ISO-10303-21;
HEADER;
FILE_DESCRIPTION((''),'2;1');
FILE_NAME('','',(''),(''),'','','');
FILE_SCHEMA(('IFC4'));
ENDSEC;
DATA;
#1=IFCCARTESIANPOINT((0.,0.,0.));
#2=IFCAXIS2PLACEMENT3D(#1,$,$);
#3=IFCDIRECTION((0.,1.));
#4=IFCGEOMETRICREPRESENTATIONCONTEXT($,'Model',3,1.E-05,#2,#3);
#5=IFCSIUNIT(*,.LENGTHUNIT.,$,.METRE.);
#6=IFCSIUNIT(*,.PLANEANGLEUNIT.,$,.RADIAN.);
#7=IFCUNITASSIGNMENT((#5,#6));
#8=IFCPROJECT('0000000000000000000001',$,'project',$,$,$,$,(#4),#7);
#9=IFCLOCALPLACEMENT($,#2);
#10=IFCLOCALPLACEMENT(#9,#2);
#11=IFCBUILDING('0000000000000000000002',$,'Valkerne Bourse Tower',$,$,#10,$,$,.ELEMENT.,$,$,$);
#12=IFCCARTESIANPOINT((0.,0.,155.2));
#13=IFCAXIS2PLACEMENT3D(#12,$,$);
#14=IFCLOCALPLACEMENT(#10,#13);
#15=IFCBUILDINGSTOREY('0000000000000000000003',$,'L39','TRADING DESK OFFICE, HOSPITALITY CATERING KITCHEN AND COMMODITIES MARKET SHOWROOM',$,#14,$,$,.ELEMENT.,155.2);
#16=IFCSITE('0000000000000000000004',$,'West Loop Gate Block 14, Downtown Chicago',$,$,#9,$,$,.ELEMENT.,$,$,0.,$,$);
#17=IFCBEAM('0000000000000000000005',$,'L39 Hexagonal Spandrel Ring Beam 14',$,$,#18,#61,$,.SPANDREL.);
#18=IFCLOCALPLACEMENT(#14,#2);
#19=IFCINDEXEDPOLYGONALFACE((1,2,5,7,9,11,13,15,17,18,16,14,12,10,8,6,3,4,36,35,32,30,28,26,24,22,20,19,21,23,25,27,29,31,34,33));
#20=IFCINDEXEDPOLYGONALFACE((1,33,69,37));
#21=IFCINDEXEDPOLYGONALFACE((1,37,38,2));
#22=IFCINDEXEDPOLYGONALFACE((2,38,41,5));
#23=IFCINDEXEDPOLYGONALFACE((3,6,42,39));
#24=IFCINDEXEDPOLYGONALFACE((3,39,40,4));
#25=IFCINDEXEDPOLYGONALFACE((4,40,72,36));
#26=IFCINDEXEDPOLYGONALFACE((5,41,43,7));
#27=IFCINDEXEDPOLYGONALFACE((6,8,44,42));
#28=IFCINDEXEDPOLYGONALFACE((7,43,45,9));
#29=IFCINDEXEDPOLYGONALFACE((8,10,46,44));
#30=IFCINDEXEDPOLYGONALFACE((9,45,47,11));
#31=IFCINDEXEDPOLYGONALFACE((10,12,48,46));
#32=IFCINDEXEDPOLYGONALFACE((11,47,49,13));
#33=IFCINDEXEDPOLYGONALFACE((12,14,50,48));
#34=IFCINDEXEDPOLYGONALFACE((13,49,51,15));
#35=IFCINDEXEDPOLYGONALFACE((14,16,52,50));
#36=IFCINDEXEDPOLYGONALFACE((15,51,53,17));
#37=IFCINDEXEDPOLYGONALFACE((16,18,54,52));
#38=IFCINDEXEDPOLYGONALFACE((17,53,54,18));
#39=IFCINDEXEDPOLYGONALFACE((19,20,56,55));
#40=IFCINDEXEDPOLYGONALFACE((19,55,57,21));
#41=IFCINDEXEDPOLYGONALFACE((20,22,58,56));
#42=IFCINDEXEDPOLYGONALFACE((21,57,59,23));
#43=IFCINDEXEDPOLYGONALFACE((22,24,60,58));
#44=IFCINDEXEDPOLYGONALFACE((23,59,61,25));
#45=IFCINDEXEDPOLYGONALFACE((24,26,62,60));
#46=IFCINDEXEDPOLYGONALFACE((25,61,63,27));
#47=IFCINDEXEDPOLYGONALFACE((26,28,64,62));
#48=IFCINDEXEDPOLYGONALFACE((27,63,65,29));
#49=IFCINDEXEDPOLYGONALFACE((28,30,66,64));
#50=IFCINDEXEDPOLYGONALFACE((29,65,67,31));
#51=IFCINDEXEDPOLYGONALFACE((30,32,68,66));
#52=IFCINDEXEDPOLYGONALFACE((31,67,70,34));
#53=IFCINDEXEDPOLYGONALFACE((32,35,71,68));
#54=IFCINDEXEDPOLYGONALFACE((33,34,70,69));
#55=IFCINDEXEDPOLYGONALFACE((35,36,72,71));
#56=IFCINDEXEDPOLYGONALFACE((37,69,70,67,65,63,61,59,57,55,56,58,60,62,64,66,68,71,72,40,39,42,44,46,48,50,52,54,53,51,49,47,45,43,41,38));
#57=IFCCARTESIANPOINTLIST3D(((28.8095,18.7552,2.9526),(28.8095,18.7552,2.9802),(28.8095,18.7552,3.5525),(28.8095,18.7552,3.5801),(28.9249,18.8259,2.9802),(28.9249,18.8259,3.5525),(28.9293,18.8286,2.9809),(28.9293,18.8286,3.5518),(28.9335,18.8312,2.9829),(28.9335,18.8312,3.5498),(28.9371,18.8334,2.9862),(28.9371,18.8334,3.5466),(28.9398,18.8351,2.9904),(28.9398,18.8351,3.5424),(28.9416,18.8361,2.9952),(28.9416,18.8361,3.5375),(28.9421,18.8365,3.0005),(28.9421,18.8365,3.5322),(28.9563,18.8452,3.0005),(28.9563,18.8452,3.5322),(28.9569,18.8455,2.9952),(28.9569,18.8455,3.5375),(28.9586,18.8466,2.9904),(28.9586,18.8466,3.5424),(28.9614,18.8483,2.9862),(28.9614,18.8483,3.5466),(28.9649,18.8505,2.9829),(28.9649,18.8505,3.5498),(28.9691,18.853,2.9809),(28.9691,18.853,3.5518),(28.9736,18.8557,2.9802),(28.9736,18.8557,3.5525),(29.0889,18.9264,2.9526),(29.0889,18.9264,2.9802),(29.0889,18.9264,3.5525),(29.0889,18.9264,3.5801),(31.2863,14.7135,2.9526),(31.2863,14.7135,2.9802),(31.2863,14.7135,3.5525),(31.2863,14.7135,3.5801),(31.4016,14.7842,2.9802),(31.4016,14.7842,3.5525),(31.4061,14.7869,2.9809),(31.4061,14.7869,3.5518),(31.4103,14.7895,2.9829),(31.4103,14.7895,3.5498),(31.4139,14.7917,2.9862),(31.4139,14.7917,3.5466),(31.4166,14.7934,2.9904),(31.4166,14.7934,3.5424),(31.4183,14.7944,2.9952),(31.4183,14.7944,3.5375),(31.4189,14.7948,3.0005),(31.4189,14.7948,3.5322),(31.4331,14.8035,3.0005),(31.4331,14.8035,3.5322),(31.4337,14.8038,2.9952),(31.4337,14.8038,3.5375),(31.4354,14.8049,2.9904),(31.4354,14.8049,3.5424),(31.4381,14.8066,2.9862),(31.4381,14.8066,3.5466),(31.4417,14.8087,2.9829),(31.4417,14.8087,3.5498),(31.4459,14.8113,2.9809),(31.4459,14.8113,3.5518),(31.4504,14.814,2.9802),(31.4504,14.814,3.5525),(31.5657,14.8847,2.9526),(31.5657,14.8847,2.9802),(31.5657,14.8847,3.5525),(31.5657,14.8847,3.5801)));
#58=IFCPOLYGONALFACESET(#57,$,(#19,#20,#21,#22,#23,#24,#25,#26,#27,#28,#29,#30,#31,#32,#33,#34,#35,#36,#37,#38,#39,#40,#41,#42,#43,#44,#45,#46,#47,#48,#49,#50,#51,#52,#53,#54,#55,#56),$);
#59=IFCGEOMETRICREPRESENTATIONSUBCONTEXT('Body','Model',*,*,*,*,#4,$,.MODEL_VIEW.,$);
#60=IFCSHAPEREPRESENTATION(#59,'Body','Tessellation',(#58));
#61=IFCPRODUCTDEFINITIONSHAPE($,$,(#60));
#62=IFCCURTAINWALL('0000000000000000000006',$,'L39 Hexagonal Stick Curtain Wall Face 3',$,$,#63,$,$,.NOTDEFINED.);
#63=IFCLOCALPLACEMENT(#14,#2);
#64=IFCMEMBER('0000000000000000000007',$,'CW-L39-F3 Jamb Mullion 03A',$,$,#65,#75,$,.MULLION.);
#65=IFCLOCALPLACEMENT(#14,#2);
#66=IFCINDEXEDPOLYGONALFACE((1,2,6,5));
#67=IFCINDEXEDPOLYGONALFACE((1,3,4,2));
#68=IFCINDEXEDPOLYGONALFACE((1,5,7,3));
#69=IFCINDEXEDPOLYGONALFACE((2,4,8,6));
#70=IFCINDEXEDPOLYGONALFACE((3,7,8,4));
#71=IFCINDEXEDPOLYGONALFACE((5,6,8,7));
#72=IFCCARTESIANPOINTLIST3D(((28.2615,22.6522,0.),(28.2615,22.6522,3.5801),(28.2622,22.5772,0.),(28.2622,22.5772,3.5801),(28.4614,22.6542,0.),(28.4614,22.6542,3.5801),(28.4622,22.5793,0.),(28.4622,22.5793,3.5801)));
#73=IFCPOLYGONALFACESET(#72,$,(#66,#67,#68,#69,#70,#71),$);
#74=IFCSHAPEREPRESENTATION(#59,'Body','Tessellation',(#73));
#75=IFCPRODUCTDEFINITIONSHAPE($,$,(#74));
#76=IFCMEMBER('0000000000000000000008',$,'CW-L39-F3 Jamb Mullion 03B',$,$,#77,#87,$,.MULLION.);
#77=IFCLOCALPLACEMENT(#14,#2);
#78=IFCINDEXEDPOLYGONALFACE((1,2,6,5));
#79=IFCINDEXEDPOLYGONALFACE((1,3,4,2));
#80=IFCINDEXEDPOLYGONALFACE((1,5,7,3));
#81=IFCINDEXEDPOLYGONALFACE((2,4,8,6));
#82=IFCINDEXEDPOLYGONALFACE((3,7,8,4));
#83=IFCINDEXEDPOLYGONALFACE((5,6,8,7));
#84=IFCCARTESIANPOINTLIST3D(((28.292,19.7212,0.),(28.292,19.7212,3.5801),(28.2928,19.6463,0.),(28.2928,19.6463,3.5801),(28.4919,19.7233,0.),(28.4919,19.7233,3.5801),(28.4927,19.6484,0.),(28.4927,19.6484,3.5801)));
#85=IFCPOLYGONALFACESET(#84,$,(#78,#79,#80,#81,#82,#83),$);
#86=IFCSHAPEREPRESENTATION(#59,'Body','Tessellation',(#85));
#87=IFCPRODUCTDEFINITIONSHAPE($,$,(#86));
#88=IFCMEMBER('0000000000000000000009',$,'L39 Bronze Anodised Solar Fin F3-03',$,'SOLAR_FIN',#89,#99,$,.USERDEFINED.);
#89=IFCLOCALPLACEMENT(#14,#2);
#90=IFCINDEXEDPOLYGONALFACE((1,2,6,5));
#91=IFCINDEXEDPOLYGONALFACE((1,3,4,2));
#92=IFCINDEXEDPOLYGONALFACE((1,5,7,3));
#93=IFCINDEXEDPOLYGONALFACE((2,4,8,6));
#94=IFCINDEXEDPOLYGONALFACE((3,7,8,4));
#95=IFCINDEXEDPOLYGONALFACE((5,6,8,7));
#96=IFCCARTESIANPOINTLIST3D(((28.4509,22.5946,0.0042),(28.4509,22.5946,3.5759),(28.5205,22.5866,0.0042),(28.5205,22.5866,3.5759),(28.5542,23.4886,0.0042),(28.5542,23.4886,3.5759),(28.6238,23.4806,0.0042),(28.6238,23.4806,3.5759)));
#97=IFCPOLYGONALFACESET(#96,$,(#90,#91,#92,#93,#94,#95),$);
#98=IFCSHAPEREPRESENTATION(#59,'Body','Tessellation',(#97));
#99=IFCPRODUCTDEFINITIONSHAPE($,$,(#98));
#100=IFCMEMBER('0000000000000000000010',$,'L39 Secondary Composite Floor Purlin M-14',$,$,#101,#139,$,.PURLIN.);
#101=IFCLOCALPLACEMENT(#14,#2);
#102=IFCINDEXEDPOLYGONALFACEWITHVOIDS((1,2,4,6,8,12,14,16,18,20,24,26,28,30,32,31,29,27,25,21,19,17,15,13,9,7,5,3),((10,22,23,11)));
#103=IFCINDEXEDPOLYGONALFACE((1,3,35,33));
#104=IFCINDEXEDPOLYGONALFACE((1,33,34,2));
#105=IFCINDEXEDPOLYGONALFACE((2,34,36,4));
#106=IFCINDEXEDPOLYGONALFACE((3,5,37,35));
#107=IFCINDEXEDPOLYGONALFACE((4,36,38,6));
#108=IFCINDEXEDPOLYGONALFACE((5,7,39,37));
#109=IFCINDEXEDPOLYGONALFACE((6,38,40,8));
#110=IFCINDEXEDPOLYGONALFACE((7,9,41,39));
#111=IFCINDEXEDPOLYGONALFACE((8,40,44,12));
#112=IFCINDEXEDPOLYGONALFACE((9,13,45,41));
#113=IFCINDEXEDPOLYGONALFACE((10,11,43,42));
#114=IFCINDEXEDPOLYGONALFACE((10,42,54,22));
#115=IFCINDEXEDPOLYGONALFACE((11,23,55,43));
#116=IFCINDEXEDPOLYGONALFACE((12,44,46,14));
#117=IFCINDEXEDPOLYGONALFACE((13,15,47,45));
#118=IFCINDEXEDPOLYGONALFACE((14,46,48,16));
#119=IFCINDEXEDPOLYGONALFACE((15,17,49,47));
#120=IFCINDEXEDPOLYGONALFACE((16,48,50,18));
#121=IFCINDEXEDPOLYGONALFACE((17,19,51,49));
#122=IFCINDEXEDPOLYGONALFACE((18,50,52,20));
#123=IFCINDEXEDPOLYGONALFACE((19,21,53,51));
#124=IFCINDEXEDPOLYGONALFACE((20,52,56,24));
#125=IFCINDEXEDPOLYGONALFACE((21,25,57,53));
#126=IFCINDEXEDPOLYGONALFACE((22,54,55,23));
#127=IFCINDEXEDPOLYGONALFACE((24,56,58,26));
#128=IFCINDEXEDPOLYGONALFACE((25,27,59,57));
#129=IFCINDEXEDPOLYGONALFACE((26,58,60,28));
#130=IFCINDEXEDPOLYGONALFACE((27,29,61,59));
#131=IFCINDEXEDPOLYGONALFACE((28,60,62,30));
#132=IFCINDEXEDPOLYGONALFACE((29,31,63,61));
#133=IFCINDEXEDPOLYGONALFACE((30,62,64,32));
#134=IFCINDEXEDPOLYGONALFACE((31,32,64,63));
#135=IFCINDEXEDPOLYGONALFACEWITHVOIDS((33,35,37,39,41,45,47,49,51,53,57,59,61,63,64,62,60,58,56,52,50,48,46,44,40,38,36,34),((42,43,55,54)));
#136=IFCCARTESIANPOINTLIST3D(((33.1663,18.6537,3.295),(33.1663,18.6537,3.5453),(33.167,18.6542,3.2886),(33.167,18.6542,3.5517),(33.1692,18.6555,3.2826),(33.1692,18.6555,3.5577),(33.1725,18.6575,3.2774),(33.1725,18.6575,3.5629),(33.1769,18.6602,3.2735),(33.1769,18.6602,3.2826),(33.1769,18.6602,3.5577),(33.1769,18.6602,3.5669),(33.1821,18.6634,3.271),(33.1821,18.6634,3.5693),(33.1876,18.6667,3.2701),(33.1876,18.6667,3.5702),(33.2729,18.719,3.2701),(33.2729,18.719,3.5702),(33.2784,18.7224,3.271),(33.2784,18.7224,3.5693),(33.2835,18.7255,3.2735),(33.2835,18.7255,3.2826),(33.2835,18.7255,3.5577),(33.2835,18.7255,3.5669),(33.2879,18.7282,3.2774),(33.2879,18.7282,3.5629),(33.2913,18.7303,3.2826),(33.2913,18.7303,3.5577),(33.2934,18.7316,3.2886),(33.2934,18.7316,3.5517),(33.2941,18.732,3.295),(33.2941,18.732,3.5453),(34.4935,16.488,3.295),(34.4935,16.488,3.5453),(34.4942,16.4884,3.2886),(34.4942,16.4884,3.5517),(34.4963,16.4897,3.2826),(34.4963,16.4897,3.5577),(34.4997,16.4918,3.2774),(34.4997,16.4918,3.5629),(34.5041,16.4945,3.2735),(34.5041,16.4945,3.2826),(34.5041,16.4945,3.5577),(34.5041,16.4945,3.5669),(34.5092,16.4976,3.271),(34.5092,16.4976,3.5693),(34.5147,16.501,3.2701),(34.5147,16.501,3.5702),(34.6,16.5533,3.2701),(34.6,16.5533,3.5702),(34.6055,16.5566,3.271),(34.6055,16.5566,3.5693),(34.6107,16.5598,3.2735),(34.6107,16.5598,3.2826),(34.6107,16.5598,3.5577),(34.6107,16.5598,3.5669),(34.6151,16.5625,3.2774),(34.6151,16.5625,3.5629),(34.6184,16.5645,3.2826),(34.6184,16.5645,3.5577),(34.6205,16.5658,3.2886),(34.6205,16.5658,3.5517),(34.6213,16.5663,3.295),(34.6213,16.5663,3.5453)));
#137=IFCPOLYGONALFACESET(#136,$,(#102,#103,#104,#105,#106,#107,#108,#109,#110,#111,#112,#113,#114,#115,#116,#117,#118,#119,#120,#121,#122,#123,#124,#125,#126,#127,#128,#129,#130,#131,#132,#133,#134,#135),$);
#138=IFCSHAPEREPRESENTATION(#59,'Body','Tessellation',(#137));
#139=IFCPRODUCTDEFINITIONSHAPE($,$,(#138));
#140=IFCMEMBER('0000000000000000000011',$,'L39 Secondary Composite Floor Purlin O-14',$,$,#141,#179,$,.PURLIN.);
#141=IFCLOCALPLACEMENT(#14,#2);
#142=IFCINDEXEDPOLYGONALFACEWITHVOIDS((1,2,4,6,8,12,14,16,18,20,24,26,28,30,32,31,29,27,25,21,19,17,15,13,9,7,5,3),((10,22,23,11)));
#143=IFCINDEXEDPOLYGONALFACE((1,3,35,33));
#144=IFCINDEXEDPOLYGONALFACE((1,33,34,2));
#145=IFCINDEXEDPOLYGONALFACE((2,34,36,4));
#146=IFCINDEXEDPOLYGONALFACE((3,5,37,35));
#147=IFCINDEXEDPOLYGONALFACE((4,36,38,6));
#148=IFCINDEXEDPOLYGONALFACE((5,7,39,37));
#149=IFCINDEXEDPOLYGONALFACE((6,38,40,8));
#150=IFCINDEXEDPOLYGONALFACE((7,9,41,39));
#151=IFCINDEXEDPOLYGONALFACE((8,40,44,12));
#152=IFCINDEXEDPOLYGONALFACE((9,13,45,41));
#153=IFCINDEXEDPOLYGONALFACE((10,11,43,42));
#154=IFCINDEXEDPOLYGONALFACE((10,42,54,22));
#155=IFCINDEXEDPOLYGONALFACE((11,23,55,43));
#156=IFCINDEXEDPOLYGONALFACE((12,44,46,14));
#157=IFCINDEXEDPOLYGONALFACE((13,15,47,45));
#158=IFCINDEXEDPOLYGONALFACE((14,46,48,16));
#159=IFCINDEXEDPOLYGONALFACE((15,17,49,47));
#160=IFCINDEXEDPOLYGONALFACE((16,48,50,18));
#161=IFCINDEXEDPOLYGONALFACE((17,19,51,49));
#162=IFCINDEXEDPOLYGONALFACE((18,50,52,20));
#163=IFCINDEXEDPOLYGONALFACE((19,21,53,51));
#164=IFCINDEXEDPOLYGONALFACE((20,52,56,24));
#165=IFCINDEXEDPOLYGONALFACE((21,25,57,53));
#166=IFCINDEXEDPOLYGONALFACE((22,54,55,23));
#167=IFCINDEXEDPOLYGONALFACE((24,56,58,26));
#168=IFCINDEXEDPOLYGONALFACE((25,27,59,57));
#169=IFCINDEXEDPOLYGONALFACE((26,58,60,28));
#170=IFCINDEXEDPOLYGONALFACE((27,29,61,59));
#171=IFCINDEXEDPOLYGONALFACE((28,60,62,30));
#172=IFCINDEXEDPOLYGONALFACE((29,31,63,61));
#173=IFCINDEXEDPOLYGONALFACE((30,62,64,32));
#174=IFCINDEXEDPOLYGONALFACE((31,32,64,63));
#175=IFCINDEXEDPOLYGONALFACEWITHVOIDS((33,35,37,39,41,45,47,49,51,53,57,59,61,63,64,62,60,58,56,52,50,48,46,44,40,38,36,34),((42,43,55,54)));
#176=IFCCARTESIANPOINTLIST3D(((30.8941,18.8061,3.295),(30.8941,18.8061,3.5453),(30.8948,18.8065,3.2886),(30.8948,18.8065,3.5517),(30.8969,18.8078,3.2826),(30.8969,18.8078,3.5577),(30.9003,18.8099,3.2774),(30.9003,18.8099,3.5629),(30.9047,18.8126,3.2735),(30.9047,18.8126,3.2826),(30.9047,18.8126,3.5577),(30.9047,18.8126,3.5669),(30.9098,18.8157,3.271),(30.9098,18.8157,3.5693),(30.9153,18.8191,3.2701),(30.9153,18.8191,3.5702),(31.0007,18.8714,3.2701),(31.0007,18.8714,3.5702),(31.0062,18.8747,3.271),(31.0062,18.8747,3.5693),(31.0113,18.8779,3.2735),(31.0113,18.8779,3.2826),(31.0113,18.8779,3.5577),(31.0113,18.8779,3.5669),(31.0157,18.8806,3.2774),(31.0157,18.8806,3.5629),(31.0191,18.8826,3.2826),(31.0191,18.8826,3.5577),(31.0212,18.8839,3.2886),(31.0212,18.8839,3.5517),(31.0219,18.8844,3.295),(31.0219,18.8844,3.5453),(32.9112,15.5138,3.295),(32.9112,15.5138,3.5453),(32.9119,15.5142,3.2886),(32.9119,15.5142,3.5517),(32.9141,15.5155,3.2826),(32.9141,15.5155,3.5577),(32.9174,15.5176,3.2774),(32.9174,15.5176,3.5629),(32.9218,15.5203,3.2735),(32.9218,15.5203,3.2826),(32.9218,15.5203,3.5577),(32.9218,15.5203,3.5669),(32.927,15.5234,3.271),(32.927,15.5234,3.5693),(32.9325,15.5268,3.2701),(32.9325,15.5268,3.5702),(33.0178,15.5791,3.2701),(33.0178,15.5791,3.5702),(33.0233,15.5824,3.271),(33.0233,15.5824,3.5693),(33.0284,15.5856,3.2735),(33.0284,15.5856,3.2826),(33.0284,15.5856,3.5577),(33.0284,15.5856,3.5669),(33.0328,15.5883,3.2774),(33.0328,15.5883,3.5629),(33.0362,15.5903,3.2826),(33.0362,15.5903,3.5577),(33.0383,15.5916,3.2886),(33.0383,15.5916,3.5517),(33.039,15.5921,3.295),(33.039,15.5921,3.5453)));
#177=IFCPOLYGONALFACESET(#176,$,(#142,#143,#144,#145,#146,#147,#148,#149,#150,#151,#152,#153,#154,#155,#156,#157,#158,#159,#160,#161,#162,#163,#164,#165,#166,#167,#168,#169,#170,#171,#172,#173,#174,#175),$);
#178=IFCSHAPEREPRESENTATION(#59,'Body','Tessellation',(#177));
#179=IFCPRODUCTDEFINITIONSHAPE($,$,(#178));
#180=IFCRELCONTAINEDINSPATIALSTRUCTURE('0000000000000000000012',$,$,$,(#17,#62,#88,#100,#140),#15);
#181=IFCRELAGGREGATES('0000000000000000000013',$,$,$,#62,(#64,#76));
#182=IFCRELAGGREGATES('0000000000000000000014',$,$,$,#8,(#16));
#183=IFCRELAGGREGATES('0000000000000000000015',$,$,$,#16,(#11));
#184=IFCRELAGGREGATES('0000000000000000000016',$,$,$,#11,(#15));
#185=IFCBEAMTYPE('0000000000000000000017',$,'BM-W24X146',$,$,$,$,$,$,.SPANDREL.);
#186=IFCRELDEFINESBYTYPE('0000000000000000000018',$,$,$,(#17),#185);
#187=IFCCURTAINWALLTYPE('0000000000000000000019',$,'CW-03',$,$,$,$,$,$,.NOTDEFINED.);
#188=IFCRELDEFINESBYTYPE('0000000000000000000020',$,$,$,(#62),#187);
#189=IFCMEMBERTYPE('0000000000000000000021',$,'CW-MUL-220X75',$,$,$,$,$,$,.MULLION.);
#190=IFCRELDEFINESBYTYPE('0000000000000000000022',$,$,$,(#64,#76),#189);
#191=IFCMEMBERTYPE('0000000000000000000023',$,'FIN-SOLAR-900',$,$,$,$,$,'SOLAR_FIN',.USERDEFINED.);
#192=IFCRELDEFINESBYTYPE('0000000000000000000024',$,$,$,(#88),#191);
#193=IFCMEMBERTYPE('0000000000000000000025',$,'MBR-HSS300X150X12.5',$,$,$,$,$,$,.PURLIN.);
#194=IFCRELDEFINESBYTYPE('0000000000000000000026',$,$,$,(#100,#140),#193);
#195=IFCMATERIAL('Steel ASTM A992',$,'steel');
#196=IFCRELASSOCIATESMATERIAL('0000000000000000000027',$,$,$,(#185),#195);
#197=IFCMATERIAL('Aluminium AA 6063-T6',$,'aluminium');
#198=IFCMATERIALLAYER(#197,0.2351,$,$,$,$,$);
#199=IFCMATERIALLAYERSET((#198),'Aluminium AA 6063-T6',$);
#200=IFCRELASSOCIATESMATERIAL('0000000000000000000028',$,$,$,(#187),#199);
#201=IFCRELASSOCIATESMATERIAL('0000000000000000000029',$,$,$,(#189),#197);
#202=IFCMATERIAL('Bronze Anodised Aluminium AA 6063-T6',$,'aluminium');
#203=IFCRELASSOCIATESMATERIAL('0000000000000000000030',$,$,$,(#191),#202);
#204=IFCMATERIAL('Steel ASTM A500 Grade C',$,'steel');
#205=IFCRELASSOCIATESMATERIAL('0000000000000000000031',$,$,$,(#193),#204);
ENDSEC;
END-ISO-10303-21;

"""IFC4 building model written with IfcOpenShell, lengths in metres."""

from ifc_helpers import new_model, si_unit, direction, frame, origin, origin_2d, place, context, subcontext, project, spatial, rectangle, hollow_rectangle, i_section, extrude, material, layer, layer_set, material_profile, profile_set, type_object, element, aggregate, save


model = new_model("IFC4")

# Units and contexts
model_context = context("Model", 3, precision=1e-05, world=origin(), true_north=direction((0.0, 1.0)))
body_context = subcontext(model_context, "Body", "Model", "MODEL_VIEW")
ifc_project = project(units=[si_unit("LENGTHUNIT", "METRE"), si_unit("PLANEANGLEUNIT", "RADIAN")], contexts=[model_context])

# Site, building, storey
site_placement = place(None, origin())
site = spatial("IfcSite", under=ifc_project, at=site_placement, Name="West Loop Gate Block 14, Downtown Chicago", CompositionType="ELEMENT", RefElevation=0.0)
building_placement = place(site_placement, origin())
building = spatial("IfcBuilding", under=site, at=building_placement, Name="Valkerne Bourse Tower", CompositionType="ELEMENT")
storey_placement = place(building_placement, frame((0.0, 0.0, 155.2)))
storey = spatial("IfcBuildingStorey", under=building, at=storey_placement, Name="L39", Description="TRADING DESK OFFICE, HOSPITALITY CATERING KITCHEN AND COMMODITIES MARKET SHOWROOM", CompositionType="ELEMENT", Elevation=155.2)

# Beam
ifc_material_1 = material(Name="Steel ASTM A992", Category="steel")
ifc_material_profile_1 = material_profile(ifc_material_1, i_section(OverallWidth=0.3276, OverallDepth=0.6274, WebThickness=0.0166, FlangeThickness=0.0276, FilletRadius=0.0203, at=origin_2d()), Name="W24X146")
ifc_profile_set_1 = profile_set([ifc_material_profile_1], Name="Steel ASTM A992")
beam_type_1 = type_object("IfcBeamType", Name="BM-W24X146", PredefinedType="SPANDREL", material=ifc_profile_set_1)
beam_1_placement = place(storey_placement, frame((28.9492, 18.8408, 3.2664), z_axis=(0.522502, -0.852638, 0.0), x_axis=(0.852638, 0.522502, 0.0)))
element("IfcBeam", 1, at=beam_1_placement, inside=storey, type_object=beam_type_1, Name="L39 Hexagonal Spandrel Ring Beam 14", PredefinedType="SPANDREL", context=body_context, shape_type="SweptSolid", body=[
    extrude(i_section(OverallWidth=0.3276, OverallDepth=0.6274, WebThickness=0.0166, FlangeThickness=0.0276, FilletRadius=0.0203, at=origin_2d()), origin(), (0.0, 0.0, 1.0), 4.7402),
])

# Curtain wall, members
ifc_material_2 = material(Name="Aluminium AA 6063-T6", Category="aluminium")
ifc_layer_1 = layer(ifc_material_2, 0.2351)
ifc_layer_set_1 = layer_set([ifc_layer_1], Name="Aluminium AA 6063-T6")
curtain_wall_type = type_object("IfcCurtainWallType", Name="CW-03", PredefinedType="NOTDEFINED", material=ifc_layer_set_1)
curtain_wall_placement = place(storey_placement, origin())
curtain_wall = element("IfcCurtainWall", 2, at=curtain_wall_placement, inside=storey, type_object=curtain_wall_type, Name="L39 Hexagonal Stick Curtain Wall Face 3", PredefinedType="NOTDEFINED")
ifc_material_profile_2 = material_profile(ifc_material_2, rectangle(XDim=0.075, YDim=0.2, at=origin_2d()), Name="CWM-75X200")
ifc_profile_set_2 = profile_set([ifc_material_profile_2], Name="Aluminium AA 6063-T6")
member_type_1 = type_object("IfcMemberType", Name="CW-MUL-220X75", PredefinedType="MULLION", material=ifc_profile_set_2)
member_1_placement = place(storey_placement, frame((28.3618, 22.6157, 0.0), z_axis=(0.0, 0.0, 1.0), x_axis=(0.010448, -0.999945, 0.0)))
member_1 = element("IfcMember", 3, at=member_1_placement, type_object=member_type_1, Name="CW-L39-F3 Jamb Mullion 03A", PredefinedType="MULLION", context=body_context, shape_type="SweptSolid", body=[
    extrude(rectangle(XDim=0.075, YDim=0.2, at=origin_2d()), origin(), (0.0, 0.0, 1.0), 3.5801),
])
member_2_placement = place(storey_placement, frame((28.3923, 19.6848, 0.0), z_axis=(0.0, 0.0, 1.0), x_axis=(0.010448, -0.999945, 0.0)))
member_2 = element("IfcMember", 4, at=member_2_placement, type_object=member_type_1, Name="CW-L39-F3 Jamb Mullion 03B", PredefinedType="MULLION", context=body_context, shape_type="SweptSolid", body=[
    extrude(rectangle(XDim=0.075, YDim=0.2, at=origin_2d()), origin(), (0.0, 0.0, 1.0), 3.5801),
])

# Members
ifc_material_3 = material(Name="Bronze Anodised Aluminium AA 6063-T6", Category="aluminium")
ifc_material_profile_3 = material_profile(ifc_material_3, rectangle(XDim=0.0701, YDim=0.8999, at=origin_2d()), Name="FIN-70X900")
ifc_profile_set_3 = profile_set([ifc_material_profile_3], Name="Bronze Anodised Aluminium AA 6063-T6")
member_type_2 = type_object("IfcMemberType", Name="FIN-SOLAR-900", ElementType="SOLAR_FIN", PredefinedType="USERDEFINED", material=ifc_profile_set_3)
member_3_placement = place(storey_placement, frame((28.5374, 23.0376, 0.0042), z_axis=(0.0, 0.0, 1.0), x_axis=(-0.99339, 0.114785, 0.0)))
element("IfcMember", 5, at=member_3_placement, inside=storey, type_object=member_type_2, Name="L39 Bronze Anodised Solar Fin F3-03", ObjectType="SOLAR_FIN", PredefinedType="USERDEFINED", context=body_context, shape_type="SweptSolid", body=[
    extrude(rectangle(XDim=0.0701, YDim=0.8999, at=origin_2d()), origin(), (0.0, 0.0, 1.0), 3.5718),
])
ifc_material_4 = material(Name="Steel ASTM A500 Grade C", Category="steel")
ifc_material_profile_4 = material_profile(ifc_material_4, hollow_rectangle(XDim=0.1499, YDim=0.3, WallThickness=0.0125, OuterFilletRadius=0.0249, at=origin_2d()), Name="HSS300X150X12.5")
ifc_profile_set_4 = profile_set([ifc_material_profile_4], Name="Steel ASTM A500 Grade C")
member_type_3 = type_object("IfcMemberType", Name="MBR-HSS300X150X12.5", PredefinedType="PURLIN", material=ifc_profile_set_4)
member_4_placement = place(storey_placement, frame((33.2302, 18.6929, 3.4202), z_axis=(0.522488, -0.852647, 0.0), x_axis=(0.852647, 0.522488, 0.0)))
element("IfcMember", 6, at=member_4_placement, inside=storey, type_object=member_type_3, Name="L39 Secondary Composite Floor Purlin M-14", PredefinedType="PURLIN", context=body_context, shape_type="SweptSolid", body=[
    extrude(hollow_rectangle(XDim=0.1499, YDim=0.3, WallThickness=0.0125, OuterFilletRadius=0.0249, at=origin_2d()), origin(), (0.0, 0.0, 1.0), 2.54),
])
member_5_placement = place(storey_placement, frame((30.958, 18.8452, 3.4202), z_axis=(0.522424, -0.852686, 0.0), x_axis=(0.852686, 0.522424, 0.0)))
element("IfcMember", 7, at=member_5_placement, inside=storey, type_object=member_type_3, Name="L39 Secondary Composite Floor Purlin O-14", PredefinedType="PURLIN", context=body_context, shape_type="SweptSolid", body=[
    extrude(hollow_rectangle(XDim=0.1499, YDim=0.3, WallThickness=0.0125, OuterFilletRadius=0.0249, at=origin_2d()), origin(), (0.0, 0.0, 1.0), 3.8611),
])

aggregate(curtain_wall, [member_1, member_2])

save(model, "model.ifc")
